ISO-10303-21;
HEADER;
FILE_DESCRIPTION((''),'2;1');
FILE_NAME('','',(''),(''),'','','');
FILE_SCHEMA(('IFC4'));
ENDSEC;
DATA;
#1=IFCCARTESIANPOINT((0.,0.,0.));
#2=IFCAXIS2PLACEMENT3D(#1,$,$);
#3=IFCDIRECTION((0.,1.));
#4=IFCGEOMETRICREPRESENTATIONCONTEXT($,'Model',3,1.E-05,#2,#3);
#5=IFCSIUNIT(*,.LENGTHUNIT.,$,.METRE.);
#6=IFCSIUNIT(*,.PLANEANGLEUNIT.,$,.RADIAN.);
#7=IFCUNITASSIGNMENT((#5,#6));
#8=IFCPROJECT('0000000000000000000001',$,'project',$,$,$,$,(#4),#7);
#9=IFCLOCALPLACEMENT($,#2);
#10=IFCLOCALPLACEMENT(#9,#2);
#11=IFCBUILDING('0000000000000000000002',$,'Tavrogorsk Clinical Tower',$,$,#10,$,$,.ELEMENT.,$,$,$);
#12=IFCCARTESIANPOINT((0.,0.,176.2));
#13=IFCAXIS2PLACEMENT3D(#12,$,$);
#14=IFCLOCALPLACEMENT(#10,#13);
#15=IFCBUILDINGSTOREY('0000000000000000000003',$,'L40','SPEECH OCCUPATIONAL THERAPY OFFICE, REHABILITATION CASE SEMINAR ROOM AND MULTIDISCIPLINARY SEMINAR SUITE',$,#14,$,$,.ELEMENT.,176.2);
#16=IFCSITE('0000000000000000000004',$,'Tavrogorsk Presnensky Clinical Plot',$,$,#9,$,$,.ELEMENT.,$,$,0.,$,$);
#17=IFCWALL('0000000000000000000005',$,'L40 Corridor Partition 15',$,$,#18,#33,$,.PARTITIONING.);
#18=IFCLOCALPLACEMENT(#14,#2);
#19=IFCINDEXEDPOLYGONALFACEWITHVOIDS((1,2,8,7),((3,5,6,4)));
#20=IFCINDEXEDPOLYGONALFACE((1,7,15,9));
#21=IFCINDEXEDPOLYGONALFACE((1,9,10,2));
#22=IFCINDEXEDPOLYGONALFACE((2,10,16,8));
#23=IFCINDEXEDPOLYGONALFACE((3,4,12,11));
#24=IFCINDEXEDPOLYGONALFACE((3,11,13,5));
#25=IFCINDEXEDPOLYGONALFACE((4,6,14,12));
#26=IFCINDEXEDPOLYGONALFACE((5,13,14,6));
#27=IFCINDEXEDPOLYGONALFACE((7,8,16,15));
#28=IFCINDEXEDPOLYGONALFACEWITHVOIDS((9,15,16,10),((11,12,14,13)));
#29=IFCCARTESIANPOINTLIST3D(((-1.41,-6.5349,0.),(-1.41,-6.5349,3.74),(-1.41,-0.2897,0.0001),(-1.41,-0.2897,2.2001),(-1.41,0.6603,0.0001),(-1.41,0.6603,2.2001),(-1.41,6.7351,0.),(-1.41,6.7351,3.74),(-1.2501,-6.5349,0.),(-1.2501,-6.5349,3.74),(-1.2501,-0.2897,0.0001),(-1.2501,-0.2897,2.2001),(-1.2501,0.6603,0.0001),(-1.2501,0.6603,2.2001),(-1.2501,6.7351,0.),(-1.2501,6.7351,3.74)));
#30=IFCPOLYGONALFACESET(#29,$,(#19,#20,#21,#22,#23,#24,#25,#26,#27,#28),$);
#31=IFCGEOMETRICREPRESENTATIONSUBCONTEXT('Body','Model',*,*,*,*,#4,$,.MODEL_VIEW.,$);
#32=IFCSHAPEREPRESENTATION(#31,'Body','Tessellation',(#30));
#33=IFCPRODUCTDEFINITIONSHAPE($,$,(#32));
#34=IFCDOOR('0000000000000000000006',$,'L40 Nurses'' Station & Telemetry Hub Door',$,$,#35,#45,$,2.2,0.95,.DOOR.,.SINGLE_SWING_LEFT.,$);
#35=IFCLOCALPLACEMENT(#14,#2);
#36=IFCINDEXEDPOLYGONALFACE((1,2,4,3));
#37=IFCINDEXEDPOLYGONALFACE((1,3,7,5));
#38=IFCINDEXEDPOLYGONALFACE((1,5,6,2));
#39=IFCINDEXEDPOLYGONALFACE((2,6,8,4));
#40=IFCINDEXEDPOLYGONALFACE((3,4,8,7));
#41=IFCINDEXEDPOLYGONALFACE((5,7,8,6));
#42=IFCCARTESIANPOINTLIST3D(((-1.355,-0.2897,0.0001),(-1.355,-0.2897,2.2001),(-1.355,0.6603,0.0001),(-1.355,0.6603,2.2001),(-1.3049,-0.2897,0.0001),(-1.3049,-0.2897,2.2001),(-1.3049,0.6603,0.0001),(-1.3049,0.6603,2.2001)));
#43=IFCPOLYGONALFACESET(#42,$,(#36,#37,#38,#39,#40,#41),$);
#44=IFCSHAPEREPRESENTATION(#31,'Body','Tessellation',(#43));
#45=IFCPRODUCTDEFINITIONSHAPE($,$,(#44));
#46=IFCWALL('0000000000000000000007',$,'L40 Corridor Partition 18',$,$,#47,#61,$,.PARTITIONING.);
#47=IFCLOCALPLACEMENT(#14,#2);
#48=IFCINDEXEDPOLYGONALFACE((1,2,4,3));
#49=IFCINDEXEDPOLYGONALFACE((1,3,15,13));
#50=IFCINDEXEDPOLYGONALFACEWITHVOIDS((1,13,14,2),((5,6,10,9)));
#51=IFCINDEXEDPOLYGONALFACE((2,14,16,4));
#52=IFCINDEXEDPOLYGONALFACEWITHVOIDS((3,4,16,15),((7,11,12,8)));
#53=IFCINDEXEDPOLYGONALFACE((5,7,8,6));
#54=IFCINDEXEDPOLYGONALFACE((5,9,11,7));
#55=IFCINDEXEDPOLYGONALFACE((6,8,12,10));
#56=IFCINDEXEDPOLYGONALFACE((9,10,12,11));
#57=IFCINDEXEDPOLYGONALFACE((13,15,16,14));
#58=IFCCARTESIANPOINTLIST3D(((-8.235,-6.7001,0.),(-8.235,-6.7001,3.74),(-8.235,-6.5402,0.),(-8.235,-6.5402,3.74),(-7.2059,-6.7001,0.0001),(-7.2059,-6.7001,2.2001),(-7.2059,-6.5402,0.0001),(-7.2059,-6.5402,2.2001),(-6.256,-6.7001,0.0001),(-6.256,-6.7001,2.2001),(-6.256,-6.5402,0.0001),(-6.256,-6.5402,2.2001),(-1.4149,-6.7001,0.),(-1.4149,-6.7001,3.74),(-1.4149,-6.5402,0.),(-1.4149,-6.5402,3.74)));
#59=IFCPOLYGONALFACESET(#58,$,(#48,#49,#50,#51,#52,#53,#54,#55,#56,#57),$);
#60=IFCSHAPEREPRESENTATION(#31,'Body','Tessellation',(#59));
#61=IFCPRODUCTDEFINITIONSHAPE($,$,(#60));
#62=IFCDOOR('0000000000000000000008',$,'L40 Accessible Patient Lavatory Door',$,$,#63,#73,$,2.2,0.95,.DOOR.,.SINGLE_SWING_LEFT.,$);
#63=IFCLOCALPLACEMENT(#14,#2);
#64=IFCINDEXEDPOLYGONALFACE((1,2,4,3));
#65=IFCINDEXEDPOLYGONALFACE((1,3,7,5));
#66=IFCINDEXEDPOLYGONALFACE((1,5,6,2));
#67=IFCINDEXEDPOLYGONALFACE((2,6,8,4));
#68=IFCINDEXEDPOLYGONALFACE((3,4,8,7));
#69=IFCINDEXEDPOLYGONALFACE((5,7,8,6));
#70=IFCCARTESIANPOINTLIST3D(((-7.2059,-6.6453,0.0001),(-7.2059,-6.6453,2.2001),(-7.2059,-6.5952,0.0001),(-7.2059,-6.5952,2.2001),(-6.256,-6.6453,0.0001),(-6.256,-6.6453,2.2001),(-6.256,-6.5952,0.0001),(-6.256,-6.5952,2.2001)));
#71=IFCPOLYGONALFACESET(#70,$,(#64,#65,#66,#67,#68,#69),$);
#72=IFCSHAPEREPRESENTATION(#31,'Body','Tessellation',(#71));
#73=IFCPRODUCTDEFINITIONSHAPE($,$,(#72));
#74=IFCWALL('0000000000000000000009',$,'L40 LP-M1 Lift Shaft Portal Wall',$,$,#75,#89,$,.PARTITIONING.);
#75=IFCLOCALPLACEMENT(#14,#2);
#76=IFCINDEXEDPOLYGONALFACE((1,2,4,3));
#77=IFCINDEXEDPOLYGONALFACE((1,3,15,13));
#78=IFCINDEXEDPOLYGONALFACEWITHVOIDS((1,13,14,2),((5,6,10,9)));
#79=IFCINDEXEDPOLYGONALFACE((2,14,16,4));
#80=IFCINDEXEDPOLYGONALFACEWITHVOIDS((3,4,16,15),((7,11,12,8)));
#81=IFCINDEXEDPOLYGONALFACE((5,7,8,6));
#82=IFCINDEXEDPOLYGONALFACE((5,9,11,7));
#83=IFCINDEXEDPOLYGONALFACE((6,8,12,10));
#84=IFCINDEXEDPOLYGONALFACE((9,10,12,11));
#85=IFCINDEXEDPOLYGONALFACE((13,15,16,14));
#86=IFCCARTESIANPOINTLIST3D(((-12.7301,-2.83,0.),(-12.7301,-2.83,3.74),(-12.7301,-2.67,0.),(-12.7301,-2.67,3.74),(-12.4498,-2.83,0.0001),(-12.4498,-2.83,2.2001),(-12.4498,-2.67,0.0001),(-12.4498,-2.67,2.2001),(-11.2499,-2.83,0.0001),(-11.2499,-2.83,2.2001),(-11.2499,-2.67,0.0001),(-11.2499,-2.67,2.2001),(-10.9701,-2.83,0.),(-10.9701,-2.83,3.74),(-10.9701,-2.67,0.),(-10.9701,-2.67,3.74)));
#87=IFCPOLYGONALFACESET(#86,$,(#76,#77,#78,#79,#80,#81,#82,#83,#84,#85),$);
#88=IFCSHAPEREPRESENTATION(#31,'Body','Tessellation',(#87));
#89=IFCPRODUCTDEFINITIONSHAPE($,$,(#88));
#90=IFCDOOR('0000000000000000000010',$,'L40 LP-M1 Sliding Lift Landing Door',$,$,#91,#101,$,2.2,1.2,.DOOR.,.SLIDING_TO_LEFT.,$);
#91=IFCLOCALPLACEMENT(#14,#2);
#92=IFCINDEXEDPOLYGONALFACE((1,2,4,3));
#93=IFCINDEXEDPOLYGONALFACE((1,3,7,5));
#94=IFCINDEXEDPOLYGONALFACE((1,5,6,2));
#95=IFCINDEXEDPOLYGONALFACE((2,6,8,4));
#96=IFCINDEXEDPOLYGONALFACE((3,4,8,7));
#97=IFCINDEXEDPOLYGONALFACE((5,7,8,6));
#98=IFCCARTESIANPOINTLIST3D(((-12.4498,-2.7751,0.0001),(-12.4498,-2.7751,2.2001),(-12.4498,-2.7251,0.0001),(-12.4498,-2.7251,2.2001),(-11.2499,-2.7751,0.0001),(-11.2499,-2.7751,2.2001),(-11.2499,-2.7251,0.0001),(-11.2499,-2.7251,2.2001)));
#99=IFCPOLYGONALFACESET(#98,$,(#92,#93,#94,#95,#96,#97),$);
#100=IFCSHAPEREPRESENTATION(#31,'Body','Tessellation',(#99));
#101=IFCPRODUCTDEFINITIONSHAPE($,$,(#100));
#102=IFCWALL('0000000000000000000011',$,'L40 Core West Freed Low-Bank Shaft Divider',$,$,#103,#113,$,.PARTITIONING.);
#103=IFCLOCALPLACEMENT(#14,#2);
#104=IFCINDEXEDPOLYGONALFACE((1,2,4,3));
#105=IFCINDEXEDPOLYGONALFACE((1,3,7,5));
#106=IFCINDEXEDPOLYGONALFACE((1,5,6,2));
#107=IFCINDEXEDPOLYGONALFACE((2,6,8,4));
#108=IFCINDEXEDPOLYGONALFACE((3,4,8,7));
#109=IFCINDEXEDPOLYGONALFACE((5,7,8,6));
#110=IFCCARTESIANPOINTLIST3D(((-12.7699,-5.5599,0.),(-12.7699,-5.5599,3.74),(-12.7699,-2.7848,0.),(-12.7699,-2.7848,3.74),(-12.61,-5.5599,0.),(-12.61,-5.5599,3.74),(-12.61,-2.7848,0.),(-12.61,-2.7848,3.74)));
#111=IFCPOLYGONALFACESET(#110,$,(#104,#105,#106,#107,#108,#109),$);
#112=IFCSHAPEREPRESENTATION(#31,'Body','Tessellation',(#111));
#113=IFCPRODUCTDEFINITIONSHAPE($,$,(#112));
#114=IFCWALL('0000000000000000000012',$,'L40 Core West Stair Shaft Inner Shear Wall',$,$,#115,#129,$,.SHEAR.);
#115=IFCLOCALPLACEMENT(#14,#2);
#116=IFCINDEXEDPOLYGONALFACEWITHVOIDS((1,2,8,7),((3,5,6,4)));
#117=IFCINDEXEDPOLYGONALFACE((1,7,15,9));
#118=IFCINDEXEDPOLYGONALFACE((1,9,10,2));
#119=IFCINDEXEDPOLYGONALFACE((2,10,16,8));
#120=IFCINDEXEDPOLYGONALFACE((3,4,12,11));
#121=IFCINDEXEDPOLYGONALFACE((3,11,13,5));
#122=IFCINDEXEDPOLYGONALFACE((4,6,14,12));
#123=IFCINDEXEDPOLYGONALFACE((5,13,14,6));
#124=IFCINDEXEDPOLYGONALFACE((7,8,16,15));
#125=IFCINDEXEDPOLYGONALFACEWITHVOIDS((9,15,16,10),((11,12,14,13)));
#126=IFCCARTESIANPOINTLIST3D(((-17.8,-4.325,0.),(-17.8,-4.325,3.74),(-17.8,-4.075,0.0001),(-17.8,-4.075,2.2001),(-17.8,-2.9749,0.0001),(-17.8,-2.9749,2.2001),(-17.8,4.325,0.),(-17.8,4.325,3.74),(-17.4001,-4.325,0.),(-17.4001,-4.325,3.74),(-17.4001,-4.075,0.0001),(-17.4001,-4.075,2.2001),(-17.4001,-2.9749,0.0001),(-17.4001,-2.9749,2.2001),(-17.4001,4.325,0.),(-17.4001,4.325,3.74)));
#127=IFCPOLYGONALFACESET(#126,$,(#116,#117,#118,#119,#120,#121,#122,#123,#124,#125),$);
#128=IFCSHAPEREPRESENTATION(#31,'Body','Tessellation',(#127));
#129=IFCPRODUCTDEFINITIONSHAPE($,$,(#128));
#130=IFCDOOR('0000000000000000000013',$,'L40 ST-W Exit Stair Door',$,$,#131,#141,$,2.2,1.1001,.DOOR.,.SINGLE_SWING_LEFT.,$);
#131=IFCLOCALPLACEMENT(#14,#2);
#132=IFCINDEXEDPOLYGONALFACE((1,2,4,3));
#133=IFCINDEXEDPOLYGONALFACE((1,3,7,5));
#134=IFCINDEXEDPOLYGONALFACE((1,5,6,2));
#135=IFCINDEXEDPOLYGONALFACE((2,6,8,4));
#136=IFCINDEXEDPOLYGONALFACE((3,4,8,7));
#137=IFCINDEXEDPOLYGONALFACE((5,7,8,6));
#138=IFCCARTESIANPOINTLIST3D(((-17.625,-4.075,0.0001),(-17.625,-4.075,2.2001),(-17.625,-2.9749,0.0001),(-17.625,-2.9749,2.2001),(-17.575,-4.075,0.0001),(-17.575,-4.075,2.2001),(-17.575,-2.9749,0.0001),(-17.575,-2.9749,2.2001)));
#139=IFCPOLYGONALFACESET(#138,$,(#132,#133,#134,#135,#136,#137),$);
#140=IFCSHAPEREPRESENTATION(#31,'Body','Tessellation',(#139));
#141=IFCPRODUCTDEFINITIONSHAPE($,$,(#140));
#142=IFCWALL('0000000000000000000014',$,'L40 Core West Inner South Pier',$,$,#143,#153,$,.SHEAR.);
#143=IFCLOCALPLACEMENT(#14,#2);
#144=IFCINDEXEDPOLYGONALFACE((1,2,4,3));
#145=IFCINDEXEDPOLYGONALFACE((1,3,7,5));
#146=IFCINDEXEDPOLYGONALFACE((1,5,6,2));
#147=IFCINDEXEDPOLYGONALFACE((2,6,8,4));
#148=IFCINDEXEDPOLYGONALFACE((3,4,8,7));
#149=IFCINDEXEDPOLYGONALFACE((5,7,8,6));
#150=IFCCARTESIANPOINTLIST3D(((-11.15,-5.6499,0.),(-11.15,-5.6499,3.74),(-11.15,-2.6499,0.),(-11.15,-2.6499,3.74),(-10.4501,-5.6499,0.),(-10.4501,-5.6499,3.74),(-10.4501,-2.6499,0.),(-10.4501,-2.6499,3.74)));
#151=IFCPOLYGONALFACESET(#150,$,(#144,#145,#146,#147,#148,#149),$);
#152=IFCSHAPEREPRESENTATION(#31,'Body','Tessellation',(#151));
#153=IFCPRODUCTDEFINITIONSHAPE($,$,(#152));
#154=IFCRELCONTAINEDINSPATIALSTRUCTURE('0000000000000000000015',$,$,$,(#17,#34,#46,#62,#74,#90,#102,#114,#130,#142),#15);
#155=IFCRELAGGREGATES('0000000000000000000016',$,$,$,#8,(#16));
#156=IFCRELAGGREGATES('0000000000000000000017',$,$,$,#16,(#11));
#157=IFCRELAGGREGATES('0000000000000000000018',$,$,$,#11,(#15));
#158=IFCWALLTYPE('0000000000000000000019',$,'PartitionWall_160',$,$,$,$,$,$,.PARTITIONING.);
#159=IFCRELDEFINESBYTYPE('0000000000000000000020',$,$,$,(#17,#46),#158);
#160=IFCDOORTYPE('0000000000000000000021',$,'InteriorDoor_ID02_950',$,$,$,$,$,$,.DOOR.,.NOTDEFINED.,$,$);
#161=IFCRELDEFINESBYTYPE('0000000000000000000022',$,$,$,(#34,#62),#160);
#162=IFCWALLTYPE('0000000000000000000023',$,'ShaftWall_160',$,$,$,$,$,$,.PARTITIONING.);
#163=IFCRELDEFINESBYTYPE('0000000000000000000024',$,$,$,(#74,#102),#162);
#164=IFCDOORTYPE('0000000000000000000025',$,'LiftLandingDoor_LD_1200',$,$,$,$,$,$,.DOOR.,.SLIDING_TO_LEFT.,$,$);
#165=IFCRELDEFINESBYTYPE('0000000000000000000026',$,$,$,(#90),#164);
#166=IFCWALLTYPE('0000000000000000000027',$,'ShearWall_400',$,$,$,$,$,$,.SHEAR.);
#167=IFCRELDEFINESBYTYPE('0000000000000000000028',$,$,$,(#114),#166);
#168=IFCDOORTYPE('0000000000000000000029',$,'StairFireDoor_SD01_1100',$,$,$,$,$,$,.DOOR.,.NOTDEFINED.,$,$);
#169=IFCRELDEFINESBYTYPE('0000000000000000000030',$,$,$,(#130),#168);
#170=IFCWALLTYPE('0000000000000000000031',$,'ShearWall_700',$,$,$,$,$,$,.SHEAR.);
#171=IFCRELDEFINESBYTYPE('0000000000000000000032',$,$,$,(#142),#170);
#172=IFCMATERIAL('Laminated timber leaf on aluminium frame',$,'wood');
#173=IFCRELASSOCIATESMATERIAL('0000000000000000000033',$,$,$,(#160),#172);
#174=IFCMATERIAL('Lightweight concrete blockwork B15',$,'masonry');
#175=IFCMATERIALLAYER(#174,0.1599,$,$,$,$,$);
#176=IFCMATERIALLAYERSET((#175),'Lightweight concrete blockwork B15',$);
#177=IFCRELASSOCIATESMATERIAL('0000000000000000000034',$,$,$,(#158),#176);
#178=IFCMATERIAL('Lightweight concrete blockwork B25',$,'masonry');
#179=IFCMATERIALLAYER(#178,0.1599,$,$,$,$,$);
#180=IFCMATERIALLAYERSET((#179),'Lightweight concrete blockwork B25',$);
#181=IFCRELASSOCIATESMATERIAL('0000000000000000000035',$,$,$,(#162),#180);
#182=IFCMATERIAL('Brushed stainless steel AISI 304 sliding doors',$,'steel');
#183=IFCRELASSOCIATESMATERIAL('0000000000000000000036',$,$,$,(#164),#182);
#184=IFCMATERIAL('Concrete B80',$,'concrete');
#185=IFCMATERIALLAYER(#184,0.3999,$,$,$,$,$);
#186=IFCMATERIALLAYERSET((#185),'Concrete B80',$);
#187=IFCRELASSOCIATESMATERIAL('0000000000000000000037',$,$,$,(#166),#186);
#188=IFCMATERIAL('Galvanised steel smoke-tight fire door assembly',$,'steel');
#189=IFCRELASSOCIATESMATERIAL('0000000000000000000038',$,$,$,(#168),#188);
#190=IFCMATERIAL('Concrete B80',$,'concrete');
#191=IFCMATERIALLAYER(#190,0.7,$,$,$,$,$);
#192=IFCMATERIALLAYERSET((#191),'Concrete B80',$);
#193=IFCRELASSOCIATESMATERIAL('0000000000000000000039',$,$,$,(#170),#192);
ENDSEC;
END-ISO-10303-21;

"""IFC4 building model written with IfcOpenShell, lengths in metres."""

from ifc_helpers import new_model, si_unit, direction, frame, frame_2d, origin, place, context, subcontext, project, spatial, rectangle, extrude, material, layer, layer_set, type_object, element, fill, save


model = new_model("IFC4")

# Units and contexts
model_context = context("Model", 3, precision=1e-05, world=origin(), true_north=direction((0.0, 1.0)))
body_context = subcontext(model_context, "Body", "Model", "MODEL_VIEW")
ifc_project = project(units=[si_unit("LENGTHUNIT", "METRE"), si_unit("PLANEANGLEUNIT", "RADIAN")], contexts=[model_context])

# Site, building, storey
site_placement = place(None, origin())
site = spatial("IfcSite", under=ifc_project, at=site_placement, Name="Tavrogorsk Presnensky Clinical Plot", CompositionType="ELEMENT", RefElevation=0.0)
building_placement = place(site_placement, origin())
building = spatial("IfcBuilding", under=site, at=building_placement, Name="Tavrogorsk Clinical Tower", CompositionType="ELEMENT")
storey_placement = place(building_placement, frame((0.0, 0.0, 176.2)))
storey = spatial("IfcBuildingStorey", under=building, at=storey_placement, Name="L40", Description="SPEECH OCCUPATIONAL THERAPY OFFICE, REHABILITATION CASE SEMINAR ROOM AND MULTIDISCIPLINARY SEMINAR SUITE", CompositionType="ELEMENT", Elevation=176.2)

# Shared definitions
ifc_material_1 = material(Name="Laminated timber leaf on aluminium frame", Category="wood")
door_type_1 = type_object("IfcDoorType", Name="InteriorDoor_ID02_950", OperationType="NOTDEFINED", PredefinedType="DOOR", material=ifc_material_1)

# Shared definitions
ifc_material_2 = material(Name="Lightweight concrete blockwork B15", Category="masonry")
ifc_layer_1 = layer(ifc_material_2, 0.1599)
ifc_layer_set_1 = layer_set([ifc_layer_1], Name="Lightweight concrete blockwork B15")
wall_type_1 = type_object("IfcWallType", Name="PartitionWall_160", PredefinedType="PARTITIONING", material=ifc_layer_set_1)

# Walls, openings, doors
wall_1_placement = place(storey_placement, frame((-1.3301, -6.5349, 0.0), z_axis=(0.0, 0.0, 1.0), x_axis=(0.0, 1.0, 0.0)))
wall_1 = element("IfcWall", 1, at=wall_1_placement, inside=storey, type_object=wall_type_1, Name="L40 Corridor Partition 15", PredefinedType="PARTITIONING", context=body_context, shape_type="SweptSolid", body=[
    extrude(rectangle(XDim=13.27, YDim=0.1599, at=frame_2d((6.635, 0.0))), origin(), (0.0, 0.0, 1.0), 3.74),
])
opening_1_placement = place(wall_1_placement, frame((6.2451, 0.0, 0.0)))
opening_1 = element("IfcOpeningElement", 2, at=opening_1_placement, cuts=wall_1, PredefinedType="OPENING", context=body_context, shape_type="SweptSolid", body=[
    extrude(rectangle(XDim=0.95, YDim=2.2, at=frame_2d((0.4751, 1.1001))), frame((0.0, 0.0898, 0.0), z_axis=(0.0, -1.0, 0.0), x_axis=(1.0, 0.0, 0.0)), (0.0, 0.0, 1.0), 0.1799),
])
door_1_placement = place(opening_1_placement, origin())
door_1 = element("IfcDoor", 3, at=door_1_placement, inside=storey, type_object=door_type_1, Name="L40 Nurses' Station & Telemetry Hub Door", OperationType="SINGLE_SWING_LEFT", OverallHeight=2.2, OverallWidth=0.95, PredefinedType="DOOR", context=body_context, shape_type="SweptSolid", body=[
    extrude(rectangle(XDim=0.95, YDim=2.2, at=frame_2d((0.4751, 1.1001))), frame((0.0, 0.0249, 0.0), z_axis=(0.0, -1.0, 0.0), x_axis=(1.0, 0.0, 0.0)), (0.0, 0.0, 1.0), 0.05),
])
fill(opening_1, door_1)
wall_2_placement = place(storey_placement, frame((-8.2351, -6.6201, 0.0), z_axis=(0.0, 0.0, 1.0), x_axis=(1.0, 0.0, 0.0)))
wall_2 = element("IfcWall", 4, at=wall_2_placement, inside=storey, type_object=wall_type_1, Name="L40 Corridor Partition 18", PredefinedType="PARTITIONING", context=body_context, shape_type="SweptSolid", body=[
    extrude(rectangle(XDim=6.8201, YDim=0.1599, at=frame_2d((3.4102, 0.0))), origin(), (0.0, 0.0, 1.0), 3.74),
])
opening_2_placement = place(wall_2_placement, frame((1.0291, 0.0, 0.0)))
opening_2 = element("IfcOpeningElement", 5, at=opening_2_placement, cuts=wall_2, PredefinedType="OPENING", context=body_context, shape_type="SweptSolid", body=[
    extrude(rectangle(XDim=0.95, YDim=2.2, at=frame_2d((0.4751, 1.1001))), frame((0.0, 0.0898, 0.0), z_axis=(0.0, -1.0, 0.0), x_axis=(1.0, 0.0, 0.0)), (0.0, 0.0, 1.0), 0.1799),
])
door_2_placement = place(opening_2_placement, origin())
door_2 = element("IfcDoor", 6, at=door_2_placement, inside=storey, type_object=door_type_1, Name="L40 Accessible Patient Lavatory Door", OperationType="SINGLE_SWING_LEFT", OverallHeight=2.2, OverallWidth=0.95, PredefinedType="DOOR", context=body_context, shape_type="SweptSolid", body=[
    extrude(rectangle(XDim=0.95, YDim=2.2, at=frame_2d((0.4751, 1.1001))), frame((0.0, 0.0249, 0.0), z_axis=(0.0, -1.0, 0.0), x_axis=(1.0, 0.0, 0.0)), (0.0, 0.0, 1.0), 0.05),
])
fill(opening_2, door_2)
ifc_material_3 = material(Name="Lightweight concrete blockwork B25", Category="masonry")
ifc_layer_2 = layer(ifc_material_3, 0.1599)
ifc_layer_set_2 = layer_set([ifc_layer_2], Name="Lightweight concrete blockwork B25")
wall_type_2 = type_object("IfcWallType", Name="ShaftWall_160", PredefinedType="PARTITIONING", material=ifc_layer_set_2)
wall_3_placement = place(storey_placement, frame((-12.73, -2.75, 0.0), z_axis=(0.0, 0.0, 1.0), x_axis=(1.0, 0.0, 0.0)))
wall_3 = element("IfcWall", 7, at=wall_3_placement, inside=storey, type_object=wall_type_2, Name="L40 LP-M1 Lift Shaft Portal Wall", PredefinedType="PARTITIONING", context=body_context, shape_type="SweptSolid", body=[
    extrude(rectangle(XDim=1.76, YDim=0.1599, at=frame_2d((0.8799, 0.0))), origin(), (0.0, 0.0, 1.0), 3.74),
])
opening_3_placement = place(wall_3_placement, frame((0.28, 0.0, 0.0)))
opening_3 = element("IfcOpeningElement", 8, at=opening_3_placement, cuts=wall_3, PredefinedType="OPENING", context=body_context, shape_type="SweptSolid", body=[
    extrude(rectangle(XDim=1.2, YDim=2.2, at=frame_2d((0.6001, 1.1001))), frame((0.0, 0.0898, 0.0), z_axis=(0.0, -1.0, 0.0), x_axis=(1.0, 0.0, 0.0)), (0.0, 0.0, 1.0), 0.1799),
])
ifc_material_4 = material(Name="Brushed stainless steel AISI 304 sliding doors", Category="steel")
door_type_2 = type_object("IfcDoorType", Name="LiftLandingDoor_LD_1200", OperationType="SLIDING_TO_LEFT", PredefinedType="DOOR", material=ifc_material_4)
door_3_placement = place(opening_3_placement, origin())
door_3 = element("IfcDoor", 9, at=door_3_placement, inside=storey, type_object=door_type_2, Name="L40 LP-M1 Sliding Lift Landing Door", OperationType="SLIDING_TO_LEFT", OverallHeight=2.2, OverallWidth=1.2, PredefinedType="DOOR", context=body_context, shape_type="SweptSolid", body=[
    extrude(rectangle(XDim=1.2, YDim=2.2, at=frame_2d((0.6001, 1.1001))), frame((0.0, 0.0249, 0.0), z_axis=(0.0, -1.0, 0.0), x_axis=(1.0, 0.0, 0.0)), (0.0, 0.0, 1.0), 0.05),
])
fill(opening_3, door_3)

# Wall
wall_4_placement = place(storey_placement, frame((-12.6899, -5.5601, 0.0), z_axis=(0.0, 0.0, 1.0), x_axis=(0.0, 1.0, 0.0)))
element("IfcWall", 10, at=wall_4_placement, inside=storey, type_object=wall_type_2, Name="L40 Core West Freed Low-Bank Shaft Divider", PredefinedType="PARTITIONING", context=body_context, shape_type="SweptSolid", body=[
    extrude(rectangle(XDim=2.7751, YDim=0.1599, at=frame_2d((1.3877, 0.0))), origin(), (0.0, 0.0, 1.0), 3.74),
])

# Wall, opening, door
ifc_material_5 = material(Name="Concrete B80", Category="concrete")
ifc_layer_3 = layer(ifc_material_5, 0.3999)
ifc_layer_set_3 = layer_set([ifc_layer_3], Name="Concrete B80")
wall_type_3 = type_object("IfcWallType", Name="ShearWall_400", PredefinedType="SHEAR", material=ifc_layer_set_3)
wall_5_placement = place(storey_placement, frame((-17.6001, -4.325, 0.0), z_axis=(0.0, 0.0, 1.0), x_axis=(0.0, 1.0, 0.0)))
wall_5 = element("IfcWall", 11, at=wall_5_placement, inside=storey, type_object=wall_type_3, Name="L40 Core West Stair Shaft Inner Shear Wall", PredefinedType="SHEAR", context=body_context, shape_type="SweptSolid", body=[
    extrude(rectangle(XDim=8.6499, YDim=0.3999, at=frame_2d((4.325, 0.0))), origin(), (0.0, 0.0, 1.0), 3.74),
])
opening_4_placement = place(wall_5_placement, frame((0.25, 0.0, 0.0)))
opening_4 = element("IfcOpeningElement", 12, at=opening_4_placement, cuts=wall_5, PredefinedType="OPENING", context=body_context, shape_type="SweptSolid", body=[
    extrude(rectangle(XDim=1.1001, YDim=2.2, at=frame_2d((0.55, 1.1001))), frame((0.0, 0.21, 0.0), z_axis=(0.0, -1.0, 0.0), x_axis=(1.0, 0.0, 0.0)), (0.0, 0.0, 1.0), 0.4199),
])
ifc_material_6 = material(Name="Galvanised steel smoke-tight fire door assembly", Category="steel")
door_type_3 = type_object("IfcDoorType", Name="StairFireDoor_SD01_1100", OperationType="NOTDEFINED", PredefinedType="DOOR", material=ifc_material_6)
door_4_placement = place(opening_4_placement, origin())
door_4 = element("IfcDoor", 13, at=door_4_placement, inside=storey, type_object=door_type_3, Name="L40 ST-W Exit Stair Door", OperationType="SINGLE_SWING_LEFT", OverallHeight=2.2, OverallWidth=1.1001, PredefinedType="DOOR", context=body_context, shape_type="SweptSolid", body=[
    extrude(rectangle(XDim=1.1001, YDim=2.2, at=frame_2d((0.55, 1.1001))), frame((0.0, 0.0249, 0.0), z_axis=(0.0, -1.0, 0.0), x_axis=(1.0, 0.0, 0.0)), (0.0, 0.0, 1.0), 0.05),
])
fill(opening_4, door_4)

# Wall
ifc_material_7 = material(Name="Concrete B80", Category="concrete")
ifc_layer_4 = layer(ifc_material_7, 0.7)
ifc_layer_set_4 = layer_set([ifc_layer_4], Name="Concrete B80")
wall_type_4 = type_object("IfcWallType", Name="ShearWall_700", PredefinedType="SHEAR", material=ifc_layer_set_4)
wall_6_placement = place(storey_placement, frame((-10.8, -5.6499, 0.0), z_axis=(0.0, 0.0, 1.0), x_axis=(0.0, 1.0, 0.0)))
element("IfcWall", 14, at=wall_6_placement, inside=storey, type_object=wall_type_4, Name="L40 Core West Inner South Pier", PredefinedType="SHEAR", context=body_context, shape_type="SweptSolid", body=[
    extrude(rectangle(XDim=3.0, YDim=0.7, at=frame_2d((1.5, 0.0))), origin(), (0.0, 0.0, 1.0), 3.74),
])

save(model, "model.ifc")
